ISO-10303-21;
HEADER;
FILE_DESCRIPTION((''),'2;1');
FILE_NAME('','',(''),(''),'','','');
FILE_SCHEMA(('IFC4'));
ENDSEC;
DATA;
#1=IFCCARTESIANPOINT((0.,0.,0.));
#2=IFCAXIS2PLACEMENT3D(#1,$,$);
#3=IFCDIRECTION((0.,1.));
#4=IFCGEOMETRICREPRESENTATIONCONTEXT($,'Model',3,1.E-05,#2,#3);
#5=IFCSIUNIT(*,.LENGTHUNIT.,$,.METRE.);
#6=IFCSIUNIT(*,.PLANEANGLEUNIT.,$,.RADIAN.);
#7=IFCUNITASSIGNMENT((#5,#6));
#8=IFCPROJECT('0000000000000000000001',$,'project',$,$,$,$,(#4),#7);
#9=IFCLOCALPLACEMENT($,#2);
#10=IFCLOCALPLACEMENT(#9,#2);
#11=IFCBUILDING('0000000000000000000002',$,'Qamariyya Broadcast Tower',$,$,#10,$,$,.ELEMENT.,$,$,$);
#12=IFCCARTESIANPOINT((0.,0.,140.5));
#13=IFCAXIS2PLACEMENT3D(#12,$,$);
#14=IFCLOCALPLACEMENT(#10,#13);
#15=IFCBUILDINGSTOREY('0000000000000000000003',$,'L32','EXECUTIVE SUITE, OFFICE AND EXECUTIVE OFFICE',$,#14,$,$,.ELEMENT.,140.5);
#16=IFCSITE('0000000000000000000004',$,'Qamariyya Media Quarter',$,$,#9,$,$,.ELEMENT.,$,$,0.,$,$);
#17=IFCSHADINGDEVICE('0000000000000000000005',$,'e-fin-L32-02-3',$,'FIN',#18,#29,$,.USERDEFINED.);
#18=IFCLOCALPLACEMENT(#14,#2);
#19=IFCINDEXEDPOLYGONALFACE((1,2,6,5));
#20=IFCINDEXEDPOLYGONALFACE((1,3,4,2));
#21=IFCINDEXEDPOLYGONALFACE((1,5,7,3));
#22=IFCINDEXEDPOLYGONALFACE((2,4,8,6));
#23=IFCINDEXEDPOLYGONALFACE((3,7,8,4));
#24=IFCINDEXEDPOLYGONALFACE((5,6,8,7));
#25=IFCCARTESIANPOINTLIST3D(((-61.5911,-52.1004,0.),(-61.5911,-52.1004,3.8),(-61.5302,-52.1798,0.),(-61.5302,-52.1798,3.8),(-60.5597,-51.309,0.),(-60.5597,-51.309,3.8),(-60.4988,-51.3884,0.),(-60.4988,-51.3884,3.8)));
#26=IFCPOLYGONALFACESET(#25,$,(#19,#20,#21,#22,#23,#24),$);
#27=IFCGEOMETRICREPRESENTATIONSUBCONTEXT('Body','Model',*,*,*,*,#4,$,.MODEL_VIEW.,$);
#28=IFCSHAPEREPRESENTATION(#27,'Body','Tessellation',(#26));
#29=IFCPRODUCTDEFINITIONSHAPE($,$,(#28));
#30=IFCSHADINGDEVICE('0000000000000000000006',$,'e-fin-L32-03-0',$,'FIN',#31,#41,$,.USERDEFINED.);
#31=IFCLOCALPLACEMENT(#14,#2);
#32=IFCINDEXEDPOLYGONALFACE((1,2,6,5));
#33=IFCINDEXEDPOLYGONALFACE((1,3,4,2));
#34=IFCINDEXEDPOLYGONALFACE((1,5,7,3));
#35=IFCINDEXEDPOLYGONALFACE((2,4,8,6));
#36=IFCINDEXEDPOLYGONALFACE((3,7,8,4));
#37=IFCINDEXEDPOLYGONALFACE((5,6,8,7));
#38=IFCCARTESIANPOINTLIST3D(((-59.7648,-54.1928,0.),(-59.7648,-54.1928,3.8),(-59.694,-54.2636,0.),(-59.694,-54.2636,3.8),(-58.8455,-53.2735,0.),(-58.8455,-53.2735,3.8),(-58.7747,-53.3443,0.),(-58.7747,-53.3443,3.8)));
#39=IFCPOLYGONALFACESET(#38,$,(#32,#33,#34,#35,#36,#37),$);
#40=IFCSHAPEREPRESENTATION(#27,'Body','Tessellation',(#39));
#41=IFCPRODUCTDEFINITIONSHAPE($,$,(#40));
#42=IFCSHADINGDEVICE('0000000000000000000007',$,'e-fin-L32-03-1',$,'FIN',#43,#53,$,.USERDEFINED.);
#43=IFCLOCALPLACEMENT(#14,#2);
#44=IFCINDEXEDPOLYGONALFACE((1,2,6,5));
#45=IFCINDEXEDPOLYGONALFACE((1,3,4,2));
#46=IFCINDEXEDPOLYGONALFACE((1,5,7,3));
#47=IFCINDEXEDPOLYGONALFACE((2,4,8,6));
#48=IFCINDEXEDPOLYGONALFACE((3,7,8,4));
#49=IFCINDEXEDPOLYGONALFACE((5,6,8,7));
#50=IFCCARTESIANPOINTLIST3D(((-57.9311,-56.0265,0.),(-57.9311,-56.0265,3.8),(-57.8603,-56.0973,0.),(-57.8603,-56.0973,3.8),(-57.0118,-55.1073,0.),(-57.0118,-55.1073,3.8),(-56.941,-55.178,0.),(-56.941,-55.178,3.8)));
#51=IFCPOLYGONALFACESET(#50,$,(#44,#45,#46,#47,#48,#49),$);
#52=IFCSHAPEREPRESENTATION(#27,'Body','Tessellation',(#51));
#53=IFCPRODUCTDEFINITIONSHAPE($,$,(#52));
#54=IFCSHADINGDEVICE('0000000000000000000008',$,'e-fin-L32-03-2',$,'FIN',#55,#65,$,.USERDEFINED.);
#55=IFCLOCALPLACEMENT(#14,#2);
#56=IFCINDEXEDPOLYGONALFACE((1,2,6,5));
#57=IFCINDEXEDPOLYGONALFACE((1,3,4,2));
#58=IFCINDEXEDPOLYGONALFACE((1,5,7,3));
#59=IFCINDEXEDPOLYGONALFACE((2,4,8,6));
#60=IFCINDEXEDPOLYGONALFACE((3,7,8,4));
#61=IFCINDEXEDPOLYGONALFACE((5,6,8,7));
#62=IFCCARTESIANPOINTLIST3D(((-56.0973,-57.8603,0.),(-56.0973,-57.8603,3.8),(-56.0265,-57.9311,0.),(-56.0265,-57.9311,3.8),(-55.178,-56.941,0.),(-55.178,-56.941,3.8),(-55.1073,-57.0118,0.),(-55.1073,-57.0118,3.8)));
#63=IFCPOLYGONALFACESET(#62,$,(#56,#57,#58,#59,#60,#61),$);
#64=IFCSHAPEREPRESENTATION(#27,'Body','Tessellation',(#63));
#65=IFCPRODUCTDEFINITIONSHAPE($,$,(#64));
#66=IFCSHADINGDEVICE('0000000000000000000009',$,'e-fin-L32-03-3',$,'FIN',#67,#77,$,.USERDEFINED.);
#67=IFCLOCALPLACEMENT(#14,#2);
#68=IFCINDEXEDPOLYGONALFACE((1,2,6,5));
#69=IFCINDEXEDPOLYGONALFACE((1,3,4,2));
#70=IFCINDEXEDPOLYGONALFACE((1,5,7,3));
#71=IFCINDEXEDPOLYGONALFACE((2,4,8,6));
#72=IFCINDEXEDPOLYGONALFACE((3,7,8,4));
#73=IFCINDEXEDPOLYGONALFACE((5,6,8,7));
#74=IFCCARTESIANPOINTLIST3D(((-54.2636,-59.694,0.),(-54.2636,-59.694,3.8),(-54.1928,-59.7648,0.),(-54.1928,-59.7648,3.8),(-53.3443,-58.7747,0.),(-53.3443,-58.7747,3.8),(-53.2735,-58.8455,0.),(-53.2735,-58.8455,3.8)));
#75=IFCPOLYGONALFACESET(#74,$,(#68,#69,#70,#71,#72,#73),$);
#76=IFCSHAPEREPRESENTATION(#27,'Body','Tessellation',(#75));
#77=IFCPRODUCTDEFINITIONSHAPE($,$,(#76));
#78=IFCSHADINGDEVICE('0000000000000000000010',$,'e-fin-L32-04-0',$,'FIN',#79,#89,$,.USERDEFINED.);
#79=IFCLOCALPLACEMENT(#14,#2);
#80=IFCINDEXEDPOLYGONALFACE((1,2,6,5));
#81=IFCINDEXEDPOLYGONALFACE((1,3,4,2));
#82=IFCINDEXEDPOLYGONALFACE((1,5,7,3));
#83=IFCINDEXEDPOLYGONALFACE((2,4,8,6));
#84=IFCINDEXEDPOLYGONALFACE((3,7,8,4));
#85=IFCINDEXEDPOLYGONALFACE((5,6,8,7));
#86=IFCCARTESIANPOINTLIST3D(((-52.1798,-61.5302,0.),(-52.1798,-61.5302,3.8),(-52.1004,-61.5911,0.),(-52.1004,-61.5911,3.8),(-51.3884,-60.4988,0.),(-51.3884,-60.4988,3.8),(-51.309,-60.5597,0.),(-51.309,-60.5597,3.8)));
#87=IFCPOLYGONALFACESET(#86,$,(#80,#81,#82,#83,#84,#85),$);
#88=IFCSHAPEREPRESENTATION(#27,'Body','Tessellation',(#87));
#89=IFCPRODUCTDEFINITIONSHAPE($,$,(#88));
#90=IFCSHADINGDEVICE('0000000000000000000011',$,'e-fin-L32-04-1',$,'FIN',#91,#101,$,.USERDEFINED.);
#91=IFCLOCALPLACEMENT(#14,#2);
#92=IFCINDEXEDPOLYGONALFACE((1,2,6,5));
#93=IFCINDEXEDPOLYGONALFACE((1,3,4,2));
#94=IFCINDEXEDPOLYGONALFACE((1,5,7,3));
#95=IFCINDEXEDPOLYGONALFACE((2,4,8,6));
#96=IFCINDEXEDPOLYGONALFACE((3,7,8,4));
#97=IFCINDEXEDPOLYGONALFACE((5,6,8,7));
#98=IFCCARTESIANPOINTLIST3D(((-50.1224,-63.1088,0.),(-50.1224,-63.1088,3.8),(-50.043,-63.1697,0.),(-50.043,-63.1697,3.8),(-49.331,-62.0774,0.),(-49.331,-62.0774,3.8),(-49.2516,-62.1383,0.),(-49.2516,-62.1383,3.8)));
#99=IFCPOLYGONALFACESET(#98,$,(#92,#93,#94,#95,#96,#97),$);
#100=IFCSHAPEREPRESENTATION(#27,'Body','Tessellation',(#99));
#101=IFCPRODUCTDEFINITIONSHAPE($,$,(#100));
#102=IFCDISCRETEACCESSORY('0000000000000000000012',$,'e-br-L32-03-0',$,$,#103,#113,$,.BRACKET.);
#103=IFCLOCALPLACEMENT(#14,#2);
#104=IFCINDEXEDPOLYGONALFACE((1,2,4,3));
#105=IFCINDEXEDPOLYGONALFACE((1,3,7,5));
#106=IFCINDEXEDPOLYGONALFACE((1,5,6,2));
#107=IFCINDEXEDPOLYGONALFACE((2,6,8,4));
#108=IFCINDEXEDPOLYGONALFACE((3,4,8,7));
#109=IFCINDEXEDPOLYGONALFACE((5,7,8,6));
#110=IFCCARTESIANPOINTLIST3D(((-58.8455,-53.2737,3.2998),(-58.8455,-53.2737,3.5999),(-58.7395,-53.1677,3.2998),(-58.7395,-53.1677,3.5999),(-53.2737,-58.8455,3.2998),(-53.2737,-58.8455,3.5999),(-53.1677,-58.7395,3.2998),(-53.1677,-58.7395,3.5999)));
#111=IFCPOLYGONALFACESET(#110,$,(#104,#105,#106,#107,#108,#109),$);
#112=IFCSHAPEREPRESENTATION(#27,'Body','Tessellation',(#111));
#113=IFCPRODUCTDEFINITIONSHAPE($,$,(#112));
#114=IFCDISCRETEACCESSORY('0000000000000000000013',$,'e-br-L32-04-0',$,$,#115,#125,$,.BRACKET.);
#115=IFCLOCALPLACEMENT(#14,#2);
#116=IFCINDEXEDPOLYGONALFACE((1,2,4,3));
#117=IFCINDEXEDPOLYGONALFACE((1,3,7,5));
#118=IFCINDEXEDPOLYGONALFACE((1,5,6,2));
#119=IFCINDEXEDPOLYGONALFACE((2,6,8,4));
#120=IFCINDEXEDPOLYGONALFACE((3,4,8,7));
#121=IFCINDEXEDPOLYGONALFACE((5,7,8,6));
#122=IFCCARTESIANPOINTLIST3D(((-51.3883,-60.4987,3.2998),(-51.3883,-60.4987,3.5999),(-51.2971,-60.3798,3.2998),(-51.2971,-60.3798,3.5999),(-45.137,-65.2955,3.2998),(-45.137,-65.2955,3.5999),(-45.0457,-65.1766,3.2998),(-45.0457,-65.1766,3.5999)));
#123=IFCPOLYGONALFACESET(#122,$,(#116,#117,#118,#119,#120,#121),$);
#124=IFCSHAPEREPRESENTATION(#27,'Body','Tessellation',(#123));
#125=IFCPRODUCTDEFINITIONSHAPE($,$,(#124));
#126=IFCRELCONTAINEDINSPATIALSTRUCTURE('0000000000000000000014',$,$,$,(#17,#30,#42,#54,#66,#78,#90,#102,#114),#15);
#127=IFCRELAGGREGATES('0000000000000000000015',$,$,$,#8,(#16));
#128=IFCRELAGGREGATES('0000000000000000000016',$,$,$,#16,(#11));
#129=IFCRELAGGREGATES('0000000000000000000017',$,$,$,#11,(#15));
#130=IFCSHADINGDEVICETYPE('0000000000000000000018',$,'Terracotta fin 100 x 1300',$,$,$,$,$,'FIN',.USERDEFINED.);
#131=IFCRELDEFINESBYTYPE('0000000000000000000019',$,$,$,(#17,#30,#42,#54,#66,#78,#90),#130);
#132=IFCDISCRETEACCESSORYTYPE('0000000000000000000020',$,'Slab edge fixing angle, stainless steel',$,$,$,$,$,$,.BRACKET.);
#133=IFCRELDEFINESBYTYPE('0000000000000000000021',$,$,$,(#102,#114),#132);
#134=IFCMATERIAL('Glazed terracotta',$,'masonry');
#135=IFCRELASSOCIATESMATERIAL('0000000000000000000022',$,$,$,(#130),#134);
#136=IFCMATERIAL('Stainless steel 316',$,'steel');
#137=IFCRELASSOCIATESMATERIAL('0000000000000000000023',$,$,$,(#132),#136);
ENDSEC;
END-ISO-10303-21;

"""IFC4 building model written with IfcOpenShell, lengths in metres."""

from ifc_helpers import new_model, si_unit, direction, frame, origin, origin_2d, place, context, subcontext, project, spatial, rectangle, extrude, material, material_profile, profile_set, type_object, element, save


model = new_model("IFC4")

# Units and contexts
model_context = context("Model", 3, precision=1e-05, world=origin(), true_north=direction((0.0, 1.0)))
body_context = subcontext(model_context, "Body", "Model", "MODEL_VIEW")
ifc_project = project(units=[si_unit("LENGTHUNIT", "METRE"), si_unit("PLANEANGLEUNIT", "RADIAN")], contexts=[model_context])

# Site, building, storey
site_placement = place(None, origin())
site = spatial("IfcSite", under=ifc_project, at=site_placement, Name="Qamariyya Media Quarter", CompositionType="ELEMENT", RefElevation=0.0)
building_placement = place(site_placement, origin())
building = spatial("IfcBuilding", under=site, at=building_placement, Name="Qamariyya Broadcast Tower", CompositionType="ELEMENT")
storey_placement = place(building_placement, frame((0.0, 0.0, 140.5)))
storey = spatial("IfcBuildingStorey", under=building, at=storey_placement, Name="L32", Description="EXECUTIVE SUITE, OFFICE AND EXECUTIVE OFFICE", CompositionType="ELEMENT", Elevation=140.5)

# Shading devices
ifc_material_1 = material(Name="Glazed terracotta", Category="masonry")
ifc_material_profile_1 = material_profile(ifc_material_1, rectangle(XDim=1.3, YDim=0.1001, at=origin_2d()))
ifc_profile_set_1 = profile_set([ifc_material_profile_1], Name="Glazed terracotta")
shading_device_type_1 = type_object("IfcShadingDeviceType", Name="Terracotta fin 100 x 1300", ElementType="FIN", PredefinedType="USERDEFINED", material=ifc_profile_set_1)
for number, where, z_axis, x_axis, name in (
    (1, (-61.0449, -51.7444, 0.0), (0.0, 0.0, 1.0), (-0.793353, -0.608761, 0.0), "e-fin-L32-02-3"),
    (2, (-59.2698, -53.7686, 0.0), (0.0, 0.0, 1.0), (-0.707107, -0.707107, 0.0), "e-fin-L32-03-0"),
    (3, (-57.436, -55.6023, 0.0), (0.0, 0.0, 1.0), (-0.707107, -0.707107, 0.0), "e-fin-L32-03-1"),
    (4, (-55.6023, -57.436, 0.0), (0.0, 0.0, 1.0), (-0.707107, -0.707107, 0.0), "e-fin-L32-03-2"),
    (5, (-53.7686, -59.2698, 0.0), (0.0, 0.0, 1.0), (-0.707107, -0.707107, 0.0), "e-fin-L32-03-3"),
    (6, (-51.7444, -61.0449, 0.0), (0.0, 0.0, 1.0), (-0.608761, -0.793353, 0.0), "e-fin-L32-04-0"),
    (7, (-49.687, -62.6235, 0.0), (0.0, 0.0, 1.0), (-0.608761, -0.793353, 0.0), "e-fin-L32-04-1"),
):
    element("IfcShadingDevice", number, at=place(storey_placement, frame(where, z_axis=z_axis, x_axis=x_axis)), inside=storey, type_object=shading_device_type_1, Name=name, ObjectType="FIN", PredefinedType="USERDEFINED", context=body_context, shape_type="SweptSolid", body=[
        extrude(rectangle(XDim=1.3, YDim=0.1001, at=origin_2d()), origin(), (0.0, 0.0, 1.0), 3.8),
    ])

# Discrete accessories
ifc_material_2 = material(Name="Stainless steel 316", Category="steel")
discrete_accessory_type = type_object("IfcDiscreteAccessoryType", Name="Slab edge fixing angle, stainless steel", PredefinedType="BRACKET", material=ifc_material_2)
for number, where, z_axis, x_axis, name in (
    (8, (-56.0066, -56.0066, 3.2998), (0.0, 0.0, 1.0), (0.707107, -0.707107, 0.0), "e-br-L32-03-0"),
    (9, (-48.217, -62.8376, 3.2998), (0.0, 0.0, 1.0), (0.793353, -0.608761, 0.0), "e-br-L32-04-0"),
):
    element("IfcDiscreteAccessory", number, at=place(storey_placement, frame(where, z_axis=z_axis, x_axis=x_axis)), inside=storey, type_object=discrete_accessory_type, Name=name, PredefinedType="BRACKET", context=body_context, shape_type="SweptSolid", body=[
        extrude(rectangle(XDim=7.8796, YDim=0.1499, at=origin_2d()), origin(), (0.0, 0.0, 1.0), 0.3),
    ])

save(model, "model.ifc")
